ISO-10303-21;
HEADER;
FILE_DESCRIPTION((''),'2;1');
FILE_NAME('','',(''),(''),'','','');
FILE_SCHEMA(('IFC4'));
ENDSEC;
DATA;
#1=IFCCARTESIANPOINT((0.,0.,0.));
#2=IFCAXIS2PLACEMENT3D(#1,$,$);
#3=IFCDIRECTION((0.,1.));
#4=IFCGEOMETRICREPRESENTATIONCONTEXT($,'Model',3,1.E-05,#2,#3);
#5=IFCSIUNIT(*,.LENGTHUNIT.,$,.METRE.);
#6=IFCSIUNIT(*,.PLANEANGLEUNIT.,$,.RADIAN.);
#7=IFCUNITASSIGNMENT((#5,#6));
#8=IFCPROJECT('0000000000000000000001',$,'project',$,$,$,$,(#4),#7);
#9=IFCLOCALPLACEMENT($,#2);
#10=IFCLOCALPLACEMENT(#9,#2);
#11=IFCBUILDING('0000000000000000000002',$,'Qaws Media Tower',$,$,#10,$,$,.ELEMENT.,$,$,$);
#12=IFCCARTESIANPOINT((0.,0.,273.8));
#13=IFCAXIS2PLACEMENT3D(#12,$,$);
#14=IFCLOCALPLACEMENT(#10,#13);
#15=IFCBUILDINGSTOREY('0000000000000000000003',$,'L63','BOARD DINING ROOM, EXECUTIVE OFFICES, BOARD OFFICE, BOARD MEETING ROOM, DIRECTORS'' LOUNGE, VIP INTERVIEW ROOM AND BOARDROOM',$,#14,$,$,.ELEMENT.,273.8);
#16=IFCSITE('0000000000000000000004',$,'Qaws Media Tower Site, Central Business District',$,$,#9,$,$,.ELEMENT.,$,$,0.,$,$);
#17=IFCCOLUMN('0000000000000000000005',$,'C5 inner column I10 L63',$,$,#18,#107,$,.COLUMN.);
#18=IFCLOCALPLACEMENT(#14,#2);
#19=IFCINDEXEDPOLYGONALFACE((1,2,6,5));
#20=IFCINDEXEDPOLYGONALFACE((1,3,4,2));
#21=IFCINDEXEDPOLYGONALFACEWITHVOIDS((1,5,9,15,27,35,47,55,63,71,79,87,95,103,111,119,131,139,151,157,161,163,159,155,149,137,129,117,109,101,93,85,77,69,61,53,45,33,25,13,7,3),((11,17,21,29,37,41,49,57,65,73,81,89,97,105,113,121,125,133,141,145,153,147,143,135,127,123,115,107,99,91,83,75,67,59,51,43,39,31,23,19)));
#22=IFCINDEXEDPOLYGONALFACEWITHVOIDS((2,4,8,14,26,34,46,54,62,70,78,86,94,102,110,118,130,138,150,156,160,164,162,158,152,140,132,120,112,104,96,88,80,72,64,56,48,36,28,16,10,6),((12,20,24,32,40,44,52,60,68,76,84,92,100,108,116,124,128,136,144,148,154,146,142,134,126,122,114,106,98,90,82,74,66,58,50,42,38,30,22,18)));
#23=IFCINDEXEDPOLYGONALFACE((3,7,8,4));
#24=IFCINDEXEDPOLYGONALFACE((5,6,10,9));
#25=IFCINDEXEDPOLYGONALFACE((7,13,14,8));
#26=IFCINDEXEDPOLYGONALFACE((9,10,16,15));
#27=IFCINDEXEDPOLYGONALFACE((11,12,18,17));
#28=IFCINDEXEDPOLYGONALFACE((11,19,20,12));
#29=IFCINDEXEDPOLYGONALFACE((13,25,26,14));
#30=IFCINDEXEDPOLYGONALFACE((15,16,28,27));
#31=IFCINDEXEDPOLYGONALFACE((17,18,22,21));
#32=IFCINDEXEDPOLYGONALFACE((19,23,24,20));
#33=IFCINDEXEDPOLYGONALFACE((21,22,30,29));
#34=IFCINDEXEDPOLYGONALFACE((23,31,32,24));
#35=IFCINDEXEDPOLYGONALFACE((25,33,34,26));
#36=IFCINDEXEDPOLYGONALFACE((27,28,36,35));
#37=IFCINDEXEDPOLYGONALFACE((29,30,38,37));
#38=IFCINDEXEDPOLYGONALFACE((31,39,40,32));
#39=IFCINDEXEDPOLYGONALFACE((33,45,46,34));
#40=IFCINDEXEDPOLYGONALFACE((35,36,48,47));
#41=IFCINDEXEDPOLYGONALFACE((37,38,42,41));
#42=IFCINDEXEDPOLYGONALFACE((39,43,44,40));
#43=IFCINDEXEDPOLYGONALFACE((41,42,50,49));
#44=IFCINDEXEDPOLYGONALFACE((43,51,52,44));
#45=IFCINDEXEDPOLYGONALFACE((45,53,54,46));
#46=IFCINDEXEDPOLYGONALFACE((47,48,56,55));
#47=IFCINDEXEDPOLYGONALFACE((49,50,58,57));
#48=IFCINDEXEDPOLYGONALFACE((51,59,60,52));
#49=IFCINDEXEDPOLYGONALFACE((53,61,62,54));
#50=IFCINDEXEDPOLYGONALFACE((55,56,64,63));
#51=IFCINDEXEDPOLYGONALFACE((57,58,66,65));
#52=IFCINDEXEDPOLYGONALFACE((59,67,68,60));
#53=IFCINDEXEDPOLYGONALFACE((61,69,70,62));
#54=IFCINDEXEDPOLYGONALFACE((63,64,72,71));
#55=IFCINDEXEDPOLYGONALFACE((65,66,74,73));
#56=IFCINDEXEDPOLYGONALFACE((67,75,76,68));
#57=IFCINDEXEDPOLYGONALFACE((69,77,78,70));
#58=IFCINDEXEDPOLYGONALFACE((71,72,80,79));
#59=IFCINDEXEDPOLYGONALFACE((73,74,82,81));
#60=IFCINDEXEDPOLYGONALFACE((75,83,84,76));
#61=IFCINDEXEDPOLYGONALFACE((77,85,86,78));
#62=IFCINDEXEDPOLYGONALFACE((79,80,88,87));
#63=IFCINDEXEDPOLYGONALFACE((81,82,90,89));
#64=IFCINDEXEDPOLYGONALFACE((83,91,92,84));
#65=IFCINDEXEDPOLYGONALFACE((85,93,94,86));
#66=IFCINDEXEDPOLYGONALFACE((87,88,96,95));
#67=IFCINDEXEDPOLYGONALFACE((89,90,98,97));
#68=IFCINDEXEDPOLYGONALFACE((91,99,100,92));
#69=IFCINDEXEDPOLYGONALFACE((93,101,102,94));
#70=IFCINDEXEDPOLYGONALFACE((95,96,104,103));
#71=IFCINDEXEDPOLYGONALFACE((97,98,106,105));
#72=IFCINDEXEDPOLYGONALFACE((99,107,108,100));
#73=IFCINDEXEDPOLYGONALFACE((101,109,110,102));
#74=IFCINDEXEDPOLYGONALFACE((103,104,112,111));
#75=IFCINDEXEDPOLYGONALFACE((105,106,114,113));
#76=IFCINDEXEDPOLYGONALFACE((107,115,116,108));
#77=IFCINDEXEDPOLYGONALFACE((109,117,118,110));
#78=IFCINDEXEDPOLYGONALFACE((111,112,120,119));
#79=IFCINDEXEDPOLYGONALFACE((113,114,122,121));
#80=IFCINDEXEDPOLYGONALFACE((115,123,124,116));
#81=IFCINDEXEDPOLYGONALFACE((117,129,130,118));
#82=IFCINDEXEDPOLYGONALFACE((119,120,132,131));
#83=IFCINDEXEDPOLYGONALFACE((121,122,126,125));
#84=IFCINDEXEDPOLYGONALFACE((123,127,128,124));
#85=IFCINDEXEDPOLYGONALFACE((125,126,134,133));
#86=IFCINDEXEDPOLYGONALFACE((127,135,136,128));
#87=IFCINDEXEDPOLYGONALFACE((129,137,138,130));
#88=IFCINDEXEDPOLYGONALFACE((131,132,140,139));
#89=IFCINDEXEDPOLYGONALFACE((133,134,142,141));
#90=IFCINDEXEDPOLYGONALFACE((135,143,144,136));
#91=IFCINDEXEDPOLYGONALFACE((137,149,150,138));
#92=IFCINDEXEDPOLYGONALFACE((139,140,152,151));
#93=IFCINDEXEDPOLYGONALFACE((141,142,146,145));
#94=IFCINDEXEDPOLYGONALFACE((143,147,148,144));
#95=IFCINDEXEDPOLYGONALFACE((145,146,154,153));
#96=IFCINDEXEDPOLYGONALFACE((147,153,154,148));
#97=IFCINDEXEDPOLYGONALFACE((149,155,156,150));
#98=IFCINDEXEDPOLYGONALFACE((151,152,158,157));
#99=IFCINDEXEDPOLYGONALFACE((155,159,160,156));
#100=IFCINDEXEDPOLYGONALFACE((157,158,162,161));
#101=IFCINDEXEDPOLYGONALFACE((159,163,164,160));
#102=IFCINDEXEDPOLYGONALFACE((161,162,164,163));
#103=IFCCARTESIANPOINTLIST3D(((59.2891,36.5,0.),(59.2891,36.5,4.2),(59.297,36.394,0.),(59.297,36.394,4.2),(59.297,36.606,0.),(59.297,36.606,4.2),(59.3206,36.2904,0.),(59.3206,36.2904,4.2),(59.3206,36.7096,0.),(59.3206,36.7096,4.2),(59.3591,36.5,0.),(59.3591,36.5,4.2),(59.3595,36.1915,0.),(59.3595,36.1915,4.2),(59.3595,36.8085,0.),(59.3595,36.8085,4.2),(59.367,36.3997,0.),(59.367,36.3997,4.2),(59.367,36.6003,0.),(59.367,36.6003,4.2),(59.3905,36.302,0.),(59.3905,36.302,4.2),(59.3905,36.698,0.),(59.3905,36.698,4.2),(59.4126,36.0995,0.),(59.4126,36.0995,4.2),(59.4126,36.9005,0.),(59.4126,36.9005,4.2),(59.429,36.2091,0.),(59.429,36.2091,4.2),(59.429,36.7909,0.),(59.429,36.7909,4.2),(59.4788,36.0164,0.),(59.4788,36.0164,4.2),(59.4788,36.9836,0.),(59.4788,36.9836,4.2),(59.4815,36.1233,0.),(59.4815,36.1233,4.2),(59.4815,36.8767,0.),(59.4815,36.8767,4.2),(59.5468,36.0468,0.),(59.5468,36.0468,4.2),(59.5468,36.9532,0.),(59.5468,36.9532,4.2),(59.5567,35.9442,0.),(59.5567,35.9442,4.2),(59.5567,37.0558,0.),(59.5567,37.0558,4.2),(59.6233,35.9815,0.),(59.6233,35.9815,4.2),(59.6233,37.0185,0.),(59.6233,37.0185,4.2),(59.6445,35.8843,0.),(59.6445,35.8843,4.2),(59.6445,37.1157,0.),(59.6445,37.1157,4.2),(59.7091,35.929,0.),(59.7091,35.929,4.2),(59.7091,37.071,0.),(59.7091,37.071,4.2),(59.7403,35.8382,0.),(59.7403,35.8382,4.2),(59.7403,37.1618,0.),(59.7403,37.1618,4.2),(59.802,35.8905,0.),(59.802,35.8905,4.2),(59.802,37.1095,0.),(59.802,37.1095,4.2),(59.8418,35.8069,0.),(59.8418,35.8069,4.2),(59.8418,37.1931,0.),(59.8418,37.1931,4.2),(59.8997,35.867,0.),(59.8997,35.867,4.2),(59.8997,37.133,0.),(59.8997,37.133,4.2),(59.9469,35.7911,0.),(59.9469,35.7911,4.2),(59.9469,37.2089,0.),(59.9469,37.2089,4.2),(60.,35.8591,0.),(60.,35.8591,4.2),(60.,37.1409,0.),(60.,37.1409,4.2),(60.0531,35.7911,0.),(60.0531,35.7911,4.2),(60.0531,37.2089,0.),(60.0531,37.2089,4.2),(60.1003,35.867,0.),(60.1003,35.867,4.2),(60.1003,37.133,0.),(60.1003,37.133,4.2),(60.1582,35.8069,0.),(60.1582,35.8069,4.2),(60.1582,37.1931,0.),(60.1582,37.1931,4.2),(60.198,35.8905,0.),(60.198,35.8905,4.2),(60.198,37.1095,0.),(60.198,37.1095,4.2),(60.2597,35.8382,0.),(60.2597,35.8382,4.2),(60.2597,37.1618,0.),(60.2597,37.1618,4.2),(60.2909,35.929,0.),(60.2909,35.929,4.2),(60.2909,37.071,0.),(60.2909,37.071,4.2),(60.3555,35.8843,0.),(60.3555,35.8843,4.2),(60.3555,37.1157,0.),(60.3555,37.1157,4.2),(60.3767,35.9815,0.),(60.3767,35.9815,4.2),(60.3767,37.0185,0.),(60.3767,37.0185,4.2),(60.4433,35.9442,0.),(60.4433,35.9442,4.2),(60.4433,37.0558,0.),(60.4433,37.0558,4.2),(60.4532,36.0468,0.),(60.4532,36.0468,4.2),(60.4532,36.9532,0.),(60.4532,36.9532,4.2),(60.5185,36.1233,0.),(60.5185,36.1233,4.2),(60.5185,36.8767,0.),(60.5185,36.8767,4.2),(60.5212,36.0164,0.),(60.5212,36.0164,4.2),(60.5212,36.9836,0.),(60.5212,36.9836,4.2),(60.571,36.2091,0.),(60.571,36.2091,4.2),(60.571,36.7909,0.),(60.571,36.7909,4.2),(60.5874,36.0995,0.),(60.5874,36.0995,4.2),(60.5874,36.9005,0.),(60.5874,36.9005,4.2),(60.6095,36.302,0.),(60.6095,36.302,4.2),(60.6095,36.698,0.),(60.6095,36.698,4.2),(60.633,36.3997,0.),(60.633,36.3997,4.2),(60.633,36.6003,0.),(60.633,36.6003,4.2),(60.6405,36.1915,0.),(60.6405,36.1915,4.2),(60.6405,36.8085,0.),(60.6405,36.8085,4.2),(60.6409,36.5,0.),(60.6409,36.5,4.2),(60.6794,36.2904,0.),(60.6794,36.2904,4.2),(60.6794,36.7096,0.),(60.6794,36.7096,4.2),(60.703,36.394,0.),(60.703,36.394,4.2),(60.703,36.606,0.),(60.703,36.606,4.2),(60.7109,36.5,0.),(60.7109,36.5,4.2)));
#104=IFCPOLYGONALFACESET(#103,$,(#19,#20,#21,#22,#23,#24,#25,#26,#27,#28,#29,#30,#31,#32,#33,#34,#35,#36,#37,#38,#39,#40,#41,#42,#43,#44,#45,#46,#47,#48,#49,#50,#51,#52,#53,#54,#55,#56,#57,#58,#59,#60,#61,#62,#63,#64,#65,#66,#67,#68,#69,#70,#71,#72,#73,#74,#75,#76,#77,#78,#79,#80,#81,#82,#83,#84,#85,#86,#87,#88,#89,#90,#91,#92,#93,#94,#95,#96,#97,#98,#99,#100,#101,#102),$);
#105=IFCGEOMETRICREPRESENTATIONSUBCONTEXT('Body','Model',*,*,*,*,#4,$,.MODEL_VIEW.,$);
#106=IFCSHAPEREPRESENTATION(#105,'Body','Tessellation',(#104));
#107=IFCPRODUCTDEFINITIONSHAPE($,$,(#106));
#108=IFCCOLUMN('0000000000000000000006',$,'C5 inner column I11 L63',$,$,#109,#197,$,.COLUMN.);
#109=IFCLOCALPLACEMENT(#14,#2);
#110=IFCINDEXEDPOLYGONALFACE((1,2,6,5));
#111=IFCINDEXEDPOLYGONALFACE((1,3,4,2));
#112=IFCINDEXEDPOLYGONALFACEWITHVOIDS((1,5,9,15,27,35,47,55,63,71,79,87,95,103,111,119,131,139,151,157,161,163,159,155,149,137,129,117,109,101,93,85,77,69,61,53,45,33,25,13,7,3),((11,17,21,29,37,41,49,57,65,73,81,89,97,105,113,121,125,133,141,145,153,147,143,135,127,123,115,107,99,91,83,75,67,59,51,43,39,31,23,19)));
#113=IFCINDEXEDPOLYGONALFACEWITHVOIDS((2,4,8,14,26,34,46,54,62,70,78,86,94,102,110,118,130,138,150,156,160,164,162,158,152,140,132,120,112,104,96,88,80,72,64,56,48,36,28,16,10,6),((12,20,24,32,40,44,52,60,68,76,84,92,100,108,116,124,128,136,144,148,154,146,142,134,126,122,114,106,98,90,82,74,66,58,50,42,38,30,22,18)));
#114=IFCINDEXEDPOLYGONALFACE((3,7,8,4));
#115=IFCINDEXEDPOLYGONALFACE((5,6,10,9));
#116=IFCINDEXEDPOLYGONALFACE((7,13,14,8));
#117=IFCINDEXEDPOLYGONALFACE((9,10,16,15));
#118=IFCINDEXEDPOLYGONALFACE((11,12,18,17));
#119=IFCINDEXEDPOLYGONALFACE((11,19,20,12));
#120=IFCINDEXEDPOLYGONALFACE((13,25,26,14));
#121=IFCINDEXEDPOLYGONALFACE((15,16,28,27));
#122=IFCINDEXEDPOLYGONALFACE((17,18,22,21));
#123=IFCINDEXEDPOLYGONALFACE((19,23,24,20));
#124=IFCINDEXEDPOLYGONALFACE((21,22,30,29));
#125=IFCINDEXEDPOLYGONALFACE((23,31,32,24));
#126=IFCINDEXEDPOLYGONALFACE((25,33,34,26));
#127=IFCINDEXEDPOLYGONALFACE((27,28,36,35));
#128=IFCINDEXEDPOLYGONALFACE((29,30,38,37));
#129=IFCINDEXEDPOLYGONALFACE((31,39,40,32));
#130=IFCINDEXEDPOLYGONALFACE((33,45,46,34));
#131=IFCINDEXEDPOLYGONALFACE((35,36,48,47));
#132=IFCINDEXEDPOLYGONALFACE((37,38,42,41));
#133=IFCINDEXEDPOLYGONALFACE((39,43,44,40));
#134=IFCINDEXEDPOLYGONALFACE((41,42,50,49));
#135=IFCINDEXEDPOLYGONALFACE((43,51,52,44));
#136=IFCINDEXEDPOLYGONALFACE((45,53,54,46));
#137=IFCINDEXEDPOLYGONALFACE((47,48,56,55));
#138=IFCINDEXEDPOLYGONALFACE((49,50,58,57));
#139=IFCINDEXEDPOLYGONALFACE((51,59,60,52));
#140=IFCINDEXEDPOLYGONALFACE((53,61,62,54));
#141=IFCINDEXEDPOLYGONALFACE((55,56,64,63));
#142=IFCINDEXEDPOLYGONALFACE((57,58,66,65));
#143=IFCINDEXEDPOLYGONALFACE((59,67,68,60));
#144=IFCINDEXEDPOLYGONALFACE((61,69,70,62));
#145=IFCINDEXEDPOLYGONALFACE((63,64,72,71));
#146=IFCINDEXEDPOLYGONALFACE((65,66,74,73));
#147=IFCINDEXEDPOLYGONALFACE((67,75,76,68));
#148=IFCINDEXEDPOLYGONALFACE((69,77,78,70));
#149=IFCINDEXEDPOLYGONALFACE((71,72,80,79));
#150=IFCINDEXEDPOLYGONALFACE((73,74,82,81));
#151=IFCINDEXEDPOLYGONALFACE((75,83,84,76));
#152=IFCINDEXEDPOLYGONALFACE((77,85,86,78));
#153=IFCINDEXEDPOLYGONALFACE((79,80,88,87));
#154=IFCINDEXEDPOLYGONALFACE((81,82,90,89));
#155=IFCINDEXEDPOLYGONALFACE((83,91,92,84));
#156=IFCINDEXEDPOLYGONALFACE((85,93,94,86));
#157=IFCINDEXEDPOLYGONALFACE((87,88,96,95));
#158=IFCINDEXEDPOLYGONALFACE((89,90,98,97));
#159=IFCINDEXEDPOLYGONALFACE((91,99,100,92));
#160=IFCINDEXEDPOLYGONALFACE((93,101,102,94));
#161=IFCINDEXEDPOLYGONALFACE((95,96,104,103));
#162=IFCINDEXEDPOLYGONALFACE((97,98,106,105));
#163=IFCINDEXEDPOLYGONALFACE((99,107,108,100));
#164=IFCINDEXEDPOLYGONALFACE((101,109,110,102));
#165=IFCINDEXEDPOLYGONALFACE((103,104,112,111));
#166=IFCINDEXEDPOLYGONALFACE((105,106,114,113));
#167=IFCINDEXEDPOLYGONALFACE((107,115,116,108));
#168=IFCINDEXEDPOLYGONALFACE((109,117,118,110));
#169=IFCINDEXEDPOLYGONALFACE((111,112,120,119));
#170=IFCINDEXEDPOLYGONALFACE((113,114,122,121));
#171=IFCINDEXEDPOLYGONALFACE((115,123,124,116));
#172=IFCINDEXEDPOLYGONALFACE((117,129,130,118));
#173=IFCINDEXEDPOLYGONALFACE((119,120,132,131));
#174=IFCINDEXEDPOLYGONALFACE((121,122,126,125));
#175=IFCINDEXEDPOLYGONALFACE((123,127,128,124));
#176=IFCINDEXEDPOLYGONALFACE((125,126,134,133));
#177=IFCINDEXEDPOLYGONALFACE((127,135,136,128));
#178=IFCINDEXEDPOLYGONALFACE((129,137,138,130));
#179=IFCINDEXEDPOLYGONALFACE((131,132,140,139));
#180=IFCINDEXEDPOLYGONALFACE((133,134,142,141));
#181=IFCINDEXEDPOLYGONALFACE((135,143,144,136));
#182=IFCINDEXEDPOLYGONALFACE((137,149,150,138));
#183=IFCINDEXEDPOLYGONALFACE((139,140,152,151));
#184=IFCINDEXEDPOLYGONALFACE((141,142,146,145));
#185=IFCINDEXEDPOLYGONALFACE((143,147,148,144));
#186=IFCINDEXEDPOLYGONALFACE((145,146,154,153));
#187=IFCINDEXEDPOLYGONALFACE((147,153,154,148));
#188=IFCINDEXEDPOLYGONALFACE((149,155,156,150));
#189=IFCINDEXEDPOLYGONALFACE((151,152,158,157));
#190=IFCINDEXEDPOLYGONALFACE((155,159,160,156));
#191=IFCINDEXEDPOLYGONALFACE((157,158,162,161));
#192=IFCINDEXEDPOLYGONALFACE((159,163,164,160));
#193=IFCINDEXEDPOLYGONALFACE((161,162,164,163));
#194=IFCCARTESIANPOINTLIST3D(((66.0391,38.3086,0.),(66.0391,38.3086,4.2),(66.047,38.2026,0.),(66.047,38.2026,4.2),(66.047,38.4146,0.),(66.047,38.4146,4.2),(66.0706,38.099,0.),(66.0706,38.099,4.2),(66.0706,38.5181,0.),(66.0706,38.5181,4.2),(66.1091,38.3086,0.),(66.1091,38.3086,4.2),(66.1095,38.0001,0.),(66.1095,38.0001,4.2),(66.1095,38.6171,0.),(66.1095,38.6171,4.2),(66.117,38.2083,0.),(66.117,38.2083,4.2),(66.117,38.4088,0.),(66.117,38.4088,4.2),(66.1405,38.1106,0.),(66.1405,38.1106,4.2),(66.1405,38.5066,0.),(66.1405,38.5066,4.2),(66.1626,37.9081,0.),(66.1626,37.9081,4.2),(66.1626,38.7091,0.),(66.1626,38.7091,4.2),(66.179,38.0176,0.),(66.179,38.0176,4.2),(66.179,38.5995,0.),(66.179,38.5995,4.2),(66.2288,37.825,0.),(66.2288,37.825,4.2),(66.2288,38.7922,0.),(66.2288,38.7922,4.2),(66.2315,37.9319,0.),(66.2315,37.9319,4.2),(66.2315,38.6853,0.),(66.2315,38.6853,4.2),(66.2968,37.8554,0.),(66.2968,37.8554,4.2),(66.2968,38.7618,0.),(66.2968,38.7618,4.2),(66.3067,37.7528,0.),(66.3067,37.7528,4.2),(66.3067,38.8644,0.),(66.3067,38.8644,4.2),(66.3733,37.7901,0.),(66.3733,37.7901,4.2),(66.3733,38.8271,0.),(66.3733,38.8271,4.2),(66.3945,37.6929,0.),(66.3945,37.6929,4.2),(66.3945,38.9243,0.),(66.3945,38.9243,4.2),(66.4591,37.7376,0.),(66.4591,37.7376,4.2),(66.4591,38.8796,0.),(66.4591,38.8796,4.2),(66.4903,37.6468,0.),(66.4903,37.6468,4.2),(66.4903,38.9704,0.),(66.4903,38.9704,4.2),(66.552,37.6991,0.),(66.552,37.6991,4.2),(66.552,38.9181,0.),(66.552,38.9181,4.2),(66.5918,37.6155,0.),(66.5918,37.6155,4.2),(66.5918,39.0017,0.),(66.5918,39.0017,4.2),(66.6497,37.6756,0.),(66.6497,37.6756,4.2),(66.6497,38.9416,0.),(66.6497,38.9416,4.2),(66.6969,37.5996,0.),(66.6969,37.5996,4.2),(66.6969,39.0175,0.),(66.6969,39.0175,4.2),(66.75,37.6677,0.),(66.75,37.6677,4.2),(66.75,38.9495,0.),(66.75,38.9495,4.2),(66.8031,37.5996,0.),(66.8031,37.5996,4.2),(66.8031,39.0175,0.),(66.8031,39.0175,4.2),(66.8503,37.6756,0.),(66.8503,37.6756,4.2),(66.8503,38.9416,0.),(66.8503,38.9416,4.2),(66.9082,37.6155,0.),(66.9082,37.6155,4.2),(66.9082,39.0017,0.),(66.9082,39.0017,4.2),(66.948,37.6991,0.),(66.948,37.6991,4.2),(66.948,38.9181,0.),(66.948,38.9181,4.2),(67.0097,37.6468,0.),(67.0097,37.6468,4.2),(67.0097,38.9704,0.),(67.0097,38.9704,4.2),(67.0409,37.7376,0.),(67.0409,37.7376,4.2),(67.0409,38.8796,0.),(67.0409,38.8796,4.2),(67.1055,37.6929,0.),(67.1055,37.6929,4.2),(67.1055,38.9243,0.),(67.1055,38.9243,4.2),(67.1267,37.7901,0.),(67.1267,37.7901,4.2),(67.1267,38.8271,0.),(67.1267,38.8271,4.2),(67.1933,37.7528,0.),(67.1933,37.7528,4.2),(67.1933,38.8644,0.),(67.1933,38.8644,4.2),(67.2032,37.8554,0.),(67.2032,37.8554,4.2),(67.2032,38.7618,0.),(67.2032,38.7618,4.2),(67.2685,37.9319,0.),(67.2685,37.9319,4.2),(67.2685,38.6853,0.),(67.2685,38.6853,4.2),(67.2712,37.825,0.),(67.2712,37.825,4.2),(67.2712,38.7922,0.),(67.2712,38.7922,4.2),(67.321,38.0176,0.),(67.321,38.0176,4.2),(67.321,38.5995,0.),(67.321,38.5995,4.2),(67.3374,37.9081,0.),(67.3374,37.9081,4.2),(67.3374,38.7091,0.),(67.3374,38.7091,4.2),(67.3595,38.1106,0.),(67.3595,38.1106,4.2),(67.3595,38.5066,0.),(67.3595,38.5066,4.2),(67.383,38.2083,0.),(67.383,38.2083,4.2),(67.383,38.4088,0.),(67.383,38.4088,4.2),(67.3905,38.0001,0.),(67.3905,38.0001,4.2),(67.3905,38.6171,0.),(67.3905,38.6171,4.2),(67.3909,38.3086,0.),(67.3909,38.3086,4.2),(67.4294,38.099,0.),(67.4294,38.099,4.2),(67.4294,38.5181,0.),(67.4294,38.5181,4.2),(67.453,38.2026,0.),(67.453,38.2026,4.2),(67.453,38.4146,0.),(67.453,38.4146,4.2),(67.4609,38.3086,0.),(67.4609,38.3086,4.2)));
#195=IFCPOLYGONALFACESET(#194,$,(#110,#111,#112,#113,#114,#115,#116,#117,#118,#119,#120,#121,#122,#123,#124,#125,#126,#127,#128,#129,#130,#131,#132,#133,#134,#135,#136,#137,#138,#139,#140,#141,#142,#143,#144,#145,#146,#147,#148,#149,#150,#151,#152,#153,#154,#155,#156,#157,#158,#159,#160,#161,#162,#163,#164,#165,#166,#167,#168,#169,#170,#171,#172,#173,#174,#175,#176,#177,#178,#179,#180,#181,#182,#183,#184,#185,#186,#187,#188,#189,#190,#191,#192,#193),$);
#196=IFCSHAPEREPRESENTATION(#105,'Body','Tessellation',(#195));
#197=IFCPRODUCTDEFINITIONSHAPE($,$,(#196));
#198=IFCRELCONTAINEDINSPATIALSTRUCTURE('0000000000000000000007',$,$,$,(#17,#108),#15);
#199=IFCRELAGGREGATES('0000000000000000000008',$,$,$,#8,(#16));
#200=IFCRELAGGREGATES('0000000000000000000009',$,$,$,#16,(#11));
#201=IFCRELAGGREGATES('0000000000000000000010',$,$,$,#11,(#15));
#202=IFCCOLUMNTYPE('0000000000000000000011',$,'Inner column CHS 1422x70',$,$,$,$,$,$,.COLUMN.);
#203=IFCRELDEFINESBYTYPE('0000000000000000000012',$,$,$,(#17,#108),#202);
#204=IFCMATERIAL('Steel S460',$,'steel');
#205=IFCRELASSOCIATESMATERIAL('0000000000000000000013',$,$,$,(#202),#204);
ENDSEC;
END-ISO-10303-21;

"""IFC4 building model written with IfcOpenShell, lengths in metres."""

from ifc_helpers import new_model, si_unit, direction, frame, origin, origin_2d, place, context, subcontext, project, spatial, hollow_circle, extrude, material, material_profile, profile_set, type_object, element, save


model = new_model("IFC4")

# Units and contexts
model_context = context("Model", 3, precision=1e-05, world=origin(), true_north=direction((0.0, 1.0)))
body_context = subcontext(model_context, "Body", "Model", "MODEL_VIEW")
ifc_project = project(units=[si_unit("LENGTHUNIT", "METRE"), si_unit("PLANEANGLEUNIT", "RADIAN")], contexts=[model_context])

# Site, building, storey
site_placement = place(None, origin())
site = spatial("IfcSite", under=ifc_project, at=site_placement, Name="Qaws Media Tower Site, Central Business District", CompositionType="ELEMENT", RefElevation=0.0)
building_placement = place(site_placement, origin())
building = spatial("IfcBuilding", under=site, at=building_placement, Name="Qaws Media Tower", CompositionType="ELEMENT")
storey_placement = place(building_placement, frame((0.0, 0.0, 273.8)))
storey = spatial("IfcBuildingStorey", under=building, at=storey_placement, Name="L63", Description="BOARD DINING ROOM, EXECUTIVE OFFICES, BOARD OFFICE, BOARD MEETING ROOM, DIRECTORS' LOUNGE, VIP INTERVIEW ROOM AND BOARDROOM", CompositionType="ELEMENT", Elevation=273.8)

# Columns
ifc_material_1 = material(Name="Steel S460", Category="steel")
ifc_material_profile_1 = material_profile(ifc_material_1, hollow_circle(Radius=0.7109, WallThickness=0.0701, at=origin_2d()), Name="CHS 1422x70")
ifc_profile_set_1 = profile_set([ifc_material_profile_1], Name="Steel S460")
column_type = type_object("IfcColumnType", Name="Inner column CHS 1422x70", PredefinedType="COLUMN", material=ifc_profile_set_1)
for number, where, z_axis, x_axis, name in (
    (1, (60.0, 36.5, 0.0), (0.0, 0.0, 1.0), (1.0, 0.0, 0.0), "C5 inner column I10 L63"),
    (2, (66.75, 38.3086, 0.0), (0.0, 0.0, 1.0), (1.0, 0.0, 0.0), "C5 inner column I11 L63"),
):
    element("IfcColumn", number, at=place(storey_placement, frame(where, z_axis=z_axis, x_axis=x_axis)), inside=storey, type_object=column_type, Name=name, PredefinedType="COLUMN", context=body_context, shape_type="SweptSolid", body=[
        extrude(hollow_circle(Radius=0.7109, WallThickness=0.0701, at=origin_2d()), origin(), (0.0, 0.0, 1.0), 4.2),
    ])

save(model, "model.ifc")
